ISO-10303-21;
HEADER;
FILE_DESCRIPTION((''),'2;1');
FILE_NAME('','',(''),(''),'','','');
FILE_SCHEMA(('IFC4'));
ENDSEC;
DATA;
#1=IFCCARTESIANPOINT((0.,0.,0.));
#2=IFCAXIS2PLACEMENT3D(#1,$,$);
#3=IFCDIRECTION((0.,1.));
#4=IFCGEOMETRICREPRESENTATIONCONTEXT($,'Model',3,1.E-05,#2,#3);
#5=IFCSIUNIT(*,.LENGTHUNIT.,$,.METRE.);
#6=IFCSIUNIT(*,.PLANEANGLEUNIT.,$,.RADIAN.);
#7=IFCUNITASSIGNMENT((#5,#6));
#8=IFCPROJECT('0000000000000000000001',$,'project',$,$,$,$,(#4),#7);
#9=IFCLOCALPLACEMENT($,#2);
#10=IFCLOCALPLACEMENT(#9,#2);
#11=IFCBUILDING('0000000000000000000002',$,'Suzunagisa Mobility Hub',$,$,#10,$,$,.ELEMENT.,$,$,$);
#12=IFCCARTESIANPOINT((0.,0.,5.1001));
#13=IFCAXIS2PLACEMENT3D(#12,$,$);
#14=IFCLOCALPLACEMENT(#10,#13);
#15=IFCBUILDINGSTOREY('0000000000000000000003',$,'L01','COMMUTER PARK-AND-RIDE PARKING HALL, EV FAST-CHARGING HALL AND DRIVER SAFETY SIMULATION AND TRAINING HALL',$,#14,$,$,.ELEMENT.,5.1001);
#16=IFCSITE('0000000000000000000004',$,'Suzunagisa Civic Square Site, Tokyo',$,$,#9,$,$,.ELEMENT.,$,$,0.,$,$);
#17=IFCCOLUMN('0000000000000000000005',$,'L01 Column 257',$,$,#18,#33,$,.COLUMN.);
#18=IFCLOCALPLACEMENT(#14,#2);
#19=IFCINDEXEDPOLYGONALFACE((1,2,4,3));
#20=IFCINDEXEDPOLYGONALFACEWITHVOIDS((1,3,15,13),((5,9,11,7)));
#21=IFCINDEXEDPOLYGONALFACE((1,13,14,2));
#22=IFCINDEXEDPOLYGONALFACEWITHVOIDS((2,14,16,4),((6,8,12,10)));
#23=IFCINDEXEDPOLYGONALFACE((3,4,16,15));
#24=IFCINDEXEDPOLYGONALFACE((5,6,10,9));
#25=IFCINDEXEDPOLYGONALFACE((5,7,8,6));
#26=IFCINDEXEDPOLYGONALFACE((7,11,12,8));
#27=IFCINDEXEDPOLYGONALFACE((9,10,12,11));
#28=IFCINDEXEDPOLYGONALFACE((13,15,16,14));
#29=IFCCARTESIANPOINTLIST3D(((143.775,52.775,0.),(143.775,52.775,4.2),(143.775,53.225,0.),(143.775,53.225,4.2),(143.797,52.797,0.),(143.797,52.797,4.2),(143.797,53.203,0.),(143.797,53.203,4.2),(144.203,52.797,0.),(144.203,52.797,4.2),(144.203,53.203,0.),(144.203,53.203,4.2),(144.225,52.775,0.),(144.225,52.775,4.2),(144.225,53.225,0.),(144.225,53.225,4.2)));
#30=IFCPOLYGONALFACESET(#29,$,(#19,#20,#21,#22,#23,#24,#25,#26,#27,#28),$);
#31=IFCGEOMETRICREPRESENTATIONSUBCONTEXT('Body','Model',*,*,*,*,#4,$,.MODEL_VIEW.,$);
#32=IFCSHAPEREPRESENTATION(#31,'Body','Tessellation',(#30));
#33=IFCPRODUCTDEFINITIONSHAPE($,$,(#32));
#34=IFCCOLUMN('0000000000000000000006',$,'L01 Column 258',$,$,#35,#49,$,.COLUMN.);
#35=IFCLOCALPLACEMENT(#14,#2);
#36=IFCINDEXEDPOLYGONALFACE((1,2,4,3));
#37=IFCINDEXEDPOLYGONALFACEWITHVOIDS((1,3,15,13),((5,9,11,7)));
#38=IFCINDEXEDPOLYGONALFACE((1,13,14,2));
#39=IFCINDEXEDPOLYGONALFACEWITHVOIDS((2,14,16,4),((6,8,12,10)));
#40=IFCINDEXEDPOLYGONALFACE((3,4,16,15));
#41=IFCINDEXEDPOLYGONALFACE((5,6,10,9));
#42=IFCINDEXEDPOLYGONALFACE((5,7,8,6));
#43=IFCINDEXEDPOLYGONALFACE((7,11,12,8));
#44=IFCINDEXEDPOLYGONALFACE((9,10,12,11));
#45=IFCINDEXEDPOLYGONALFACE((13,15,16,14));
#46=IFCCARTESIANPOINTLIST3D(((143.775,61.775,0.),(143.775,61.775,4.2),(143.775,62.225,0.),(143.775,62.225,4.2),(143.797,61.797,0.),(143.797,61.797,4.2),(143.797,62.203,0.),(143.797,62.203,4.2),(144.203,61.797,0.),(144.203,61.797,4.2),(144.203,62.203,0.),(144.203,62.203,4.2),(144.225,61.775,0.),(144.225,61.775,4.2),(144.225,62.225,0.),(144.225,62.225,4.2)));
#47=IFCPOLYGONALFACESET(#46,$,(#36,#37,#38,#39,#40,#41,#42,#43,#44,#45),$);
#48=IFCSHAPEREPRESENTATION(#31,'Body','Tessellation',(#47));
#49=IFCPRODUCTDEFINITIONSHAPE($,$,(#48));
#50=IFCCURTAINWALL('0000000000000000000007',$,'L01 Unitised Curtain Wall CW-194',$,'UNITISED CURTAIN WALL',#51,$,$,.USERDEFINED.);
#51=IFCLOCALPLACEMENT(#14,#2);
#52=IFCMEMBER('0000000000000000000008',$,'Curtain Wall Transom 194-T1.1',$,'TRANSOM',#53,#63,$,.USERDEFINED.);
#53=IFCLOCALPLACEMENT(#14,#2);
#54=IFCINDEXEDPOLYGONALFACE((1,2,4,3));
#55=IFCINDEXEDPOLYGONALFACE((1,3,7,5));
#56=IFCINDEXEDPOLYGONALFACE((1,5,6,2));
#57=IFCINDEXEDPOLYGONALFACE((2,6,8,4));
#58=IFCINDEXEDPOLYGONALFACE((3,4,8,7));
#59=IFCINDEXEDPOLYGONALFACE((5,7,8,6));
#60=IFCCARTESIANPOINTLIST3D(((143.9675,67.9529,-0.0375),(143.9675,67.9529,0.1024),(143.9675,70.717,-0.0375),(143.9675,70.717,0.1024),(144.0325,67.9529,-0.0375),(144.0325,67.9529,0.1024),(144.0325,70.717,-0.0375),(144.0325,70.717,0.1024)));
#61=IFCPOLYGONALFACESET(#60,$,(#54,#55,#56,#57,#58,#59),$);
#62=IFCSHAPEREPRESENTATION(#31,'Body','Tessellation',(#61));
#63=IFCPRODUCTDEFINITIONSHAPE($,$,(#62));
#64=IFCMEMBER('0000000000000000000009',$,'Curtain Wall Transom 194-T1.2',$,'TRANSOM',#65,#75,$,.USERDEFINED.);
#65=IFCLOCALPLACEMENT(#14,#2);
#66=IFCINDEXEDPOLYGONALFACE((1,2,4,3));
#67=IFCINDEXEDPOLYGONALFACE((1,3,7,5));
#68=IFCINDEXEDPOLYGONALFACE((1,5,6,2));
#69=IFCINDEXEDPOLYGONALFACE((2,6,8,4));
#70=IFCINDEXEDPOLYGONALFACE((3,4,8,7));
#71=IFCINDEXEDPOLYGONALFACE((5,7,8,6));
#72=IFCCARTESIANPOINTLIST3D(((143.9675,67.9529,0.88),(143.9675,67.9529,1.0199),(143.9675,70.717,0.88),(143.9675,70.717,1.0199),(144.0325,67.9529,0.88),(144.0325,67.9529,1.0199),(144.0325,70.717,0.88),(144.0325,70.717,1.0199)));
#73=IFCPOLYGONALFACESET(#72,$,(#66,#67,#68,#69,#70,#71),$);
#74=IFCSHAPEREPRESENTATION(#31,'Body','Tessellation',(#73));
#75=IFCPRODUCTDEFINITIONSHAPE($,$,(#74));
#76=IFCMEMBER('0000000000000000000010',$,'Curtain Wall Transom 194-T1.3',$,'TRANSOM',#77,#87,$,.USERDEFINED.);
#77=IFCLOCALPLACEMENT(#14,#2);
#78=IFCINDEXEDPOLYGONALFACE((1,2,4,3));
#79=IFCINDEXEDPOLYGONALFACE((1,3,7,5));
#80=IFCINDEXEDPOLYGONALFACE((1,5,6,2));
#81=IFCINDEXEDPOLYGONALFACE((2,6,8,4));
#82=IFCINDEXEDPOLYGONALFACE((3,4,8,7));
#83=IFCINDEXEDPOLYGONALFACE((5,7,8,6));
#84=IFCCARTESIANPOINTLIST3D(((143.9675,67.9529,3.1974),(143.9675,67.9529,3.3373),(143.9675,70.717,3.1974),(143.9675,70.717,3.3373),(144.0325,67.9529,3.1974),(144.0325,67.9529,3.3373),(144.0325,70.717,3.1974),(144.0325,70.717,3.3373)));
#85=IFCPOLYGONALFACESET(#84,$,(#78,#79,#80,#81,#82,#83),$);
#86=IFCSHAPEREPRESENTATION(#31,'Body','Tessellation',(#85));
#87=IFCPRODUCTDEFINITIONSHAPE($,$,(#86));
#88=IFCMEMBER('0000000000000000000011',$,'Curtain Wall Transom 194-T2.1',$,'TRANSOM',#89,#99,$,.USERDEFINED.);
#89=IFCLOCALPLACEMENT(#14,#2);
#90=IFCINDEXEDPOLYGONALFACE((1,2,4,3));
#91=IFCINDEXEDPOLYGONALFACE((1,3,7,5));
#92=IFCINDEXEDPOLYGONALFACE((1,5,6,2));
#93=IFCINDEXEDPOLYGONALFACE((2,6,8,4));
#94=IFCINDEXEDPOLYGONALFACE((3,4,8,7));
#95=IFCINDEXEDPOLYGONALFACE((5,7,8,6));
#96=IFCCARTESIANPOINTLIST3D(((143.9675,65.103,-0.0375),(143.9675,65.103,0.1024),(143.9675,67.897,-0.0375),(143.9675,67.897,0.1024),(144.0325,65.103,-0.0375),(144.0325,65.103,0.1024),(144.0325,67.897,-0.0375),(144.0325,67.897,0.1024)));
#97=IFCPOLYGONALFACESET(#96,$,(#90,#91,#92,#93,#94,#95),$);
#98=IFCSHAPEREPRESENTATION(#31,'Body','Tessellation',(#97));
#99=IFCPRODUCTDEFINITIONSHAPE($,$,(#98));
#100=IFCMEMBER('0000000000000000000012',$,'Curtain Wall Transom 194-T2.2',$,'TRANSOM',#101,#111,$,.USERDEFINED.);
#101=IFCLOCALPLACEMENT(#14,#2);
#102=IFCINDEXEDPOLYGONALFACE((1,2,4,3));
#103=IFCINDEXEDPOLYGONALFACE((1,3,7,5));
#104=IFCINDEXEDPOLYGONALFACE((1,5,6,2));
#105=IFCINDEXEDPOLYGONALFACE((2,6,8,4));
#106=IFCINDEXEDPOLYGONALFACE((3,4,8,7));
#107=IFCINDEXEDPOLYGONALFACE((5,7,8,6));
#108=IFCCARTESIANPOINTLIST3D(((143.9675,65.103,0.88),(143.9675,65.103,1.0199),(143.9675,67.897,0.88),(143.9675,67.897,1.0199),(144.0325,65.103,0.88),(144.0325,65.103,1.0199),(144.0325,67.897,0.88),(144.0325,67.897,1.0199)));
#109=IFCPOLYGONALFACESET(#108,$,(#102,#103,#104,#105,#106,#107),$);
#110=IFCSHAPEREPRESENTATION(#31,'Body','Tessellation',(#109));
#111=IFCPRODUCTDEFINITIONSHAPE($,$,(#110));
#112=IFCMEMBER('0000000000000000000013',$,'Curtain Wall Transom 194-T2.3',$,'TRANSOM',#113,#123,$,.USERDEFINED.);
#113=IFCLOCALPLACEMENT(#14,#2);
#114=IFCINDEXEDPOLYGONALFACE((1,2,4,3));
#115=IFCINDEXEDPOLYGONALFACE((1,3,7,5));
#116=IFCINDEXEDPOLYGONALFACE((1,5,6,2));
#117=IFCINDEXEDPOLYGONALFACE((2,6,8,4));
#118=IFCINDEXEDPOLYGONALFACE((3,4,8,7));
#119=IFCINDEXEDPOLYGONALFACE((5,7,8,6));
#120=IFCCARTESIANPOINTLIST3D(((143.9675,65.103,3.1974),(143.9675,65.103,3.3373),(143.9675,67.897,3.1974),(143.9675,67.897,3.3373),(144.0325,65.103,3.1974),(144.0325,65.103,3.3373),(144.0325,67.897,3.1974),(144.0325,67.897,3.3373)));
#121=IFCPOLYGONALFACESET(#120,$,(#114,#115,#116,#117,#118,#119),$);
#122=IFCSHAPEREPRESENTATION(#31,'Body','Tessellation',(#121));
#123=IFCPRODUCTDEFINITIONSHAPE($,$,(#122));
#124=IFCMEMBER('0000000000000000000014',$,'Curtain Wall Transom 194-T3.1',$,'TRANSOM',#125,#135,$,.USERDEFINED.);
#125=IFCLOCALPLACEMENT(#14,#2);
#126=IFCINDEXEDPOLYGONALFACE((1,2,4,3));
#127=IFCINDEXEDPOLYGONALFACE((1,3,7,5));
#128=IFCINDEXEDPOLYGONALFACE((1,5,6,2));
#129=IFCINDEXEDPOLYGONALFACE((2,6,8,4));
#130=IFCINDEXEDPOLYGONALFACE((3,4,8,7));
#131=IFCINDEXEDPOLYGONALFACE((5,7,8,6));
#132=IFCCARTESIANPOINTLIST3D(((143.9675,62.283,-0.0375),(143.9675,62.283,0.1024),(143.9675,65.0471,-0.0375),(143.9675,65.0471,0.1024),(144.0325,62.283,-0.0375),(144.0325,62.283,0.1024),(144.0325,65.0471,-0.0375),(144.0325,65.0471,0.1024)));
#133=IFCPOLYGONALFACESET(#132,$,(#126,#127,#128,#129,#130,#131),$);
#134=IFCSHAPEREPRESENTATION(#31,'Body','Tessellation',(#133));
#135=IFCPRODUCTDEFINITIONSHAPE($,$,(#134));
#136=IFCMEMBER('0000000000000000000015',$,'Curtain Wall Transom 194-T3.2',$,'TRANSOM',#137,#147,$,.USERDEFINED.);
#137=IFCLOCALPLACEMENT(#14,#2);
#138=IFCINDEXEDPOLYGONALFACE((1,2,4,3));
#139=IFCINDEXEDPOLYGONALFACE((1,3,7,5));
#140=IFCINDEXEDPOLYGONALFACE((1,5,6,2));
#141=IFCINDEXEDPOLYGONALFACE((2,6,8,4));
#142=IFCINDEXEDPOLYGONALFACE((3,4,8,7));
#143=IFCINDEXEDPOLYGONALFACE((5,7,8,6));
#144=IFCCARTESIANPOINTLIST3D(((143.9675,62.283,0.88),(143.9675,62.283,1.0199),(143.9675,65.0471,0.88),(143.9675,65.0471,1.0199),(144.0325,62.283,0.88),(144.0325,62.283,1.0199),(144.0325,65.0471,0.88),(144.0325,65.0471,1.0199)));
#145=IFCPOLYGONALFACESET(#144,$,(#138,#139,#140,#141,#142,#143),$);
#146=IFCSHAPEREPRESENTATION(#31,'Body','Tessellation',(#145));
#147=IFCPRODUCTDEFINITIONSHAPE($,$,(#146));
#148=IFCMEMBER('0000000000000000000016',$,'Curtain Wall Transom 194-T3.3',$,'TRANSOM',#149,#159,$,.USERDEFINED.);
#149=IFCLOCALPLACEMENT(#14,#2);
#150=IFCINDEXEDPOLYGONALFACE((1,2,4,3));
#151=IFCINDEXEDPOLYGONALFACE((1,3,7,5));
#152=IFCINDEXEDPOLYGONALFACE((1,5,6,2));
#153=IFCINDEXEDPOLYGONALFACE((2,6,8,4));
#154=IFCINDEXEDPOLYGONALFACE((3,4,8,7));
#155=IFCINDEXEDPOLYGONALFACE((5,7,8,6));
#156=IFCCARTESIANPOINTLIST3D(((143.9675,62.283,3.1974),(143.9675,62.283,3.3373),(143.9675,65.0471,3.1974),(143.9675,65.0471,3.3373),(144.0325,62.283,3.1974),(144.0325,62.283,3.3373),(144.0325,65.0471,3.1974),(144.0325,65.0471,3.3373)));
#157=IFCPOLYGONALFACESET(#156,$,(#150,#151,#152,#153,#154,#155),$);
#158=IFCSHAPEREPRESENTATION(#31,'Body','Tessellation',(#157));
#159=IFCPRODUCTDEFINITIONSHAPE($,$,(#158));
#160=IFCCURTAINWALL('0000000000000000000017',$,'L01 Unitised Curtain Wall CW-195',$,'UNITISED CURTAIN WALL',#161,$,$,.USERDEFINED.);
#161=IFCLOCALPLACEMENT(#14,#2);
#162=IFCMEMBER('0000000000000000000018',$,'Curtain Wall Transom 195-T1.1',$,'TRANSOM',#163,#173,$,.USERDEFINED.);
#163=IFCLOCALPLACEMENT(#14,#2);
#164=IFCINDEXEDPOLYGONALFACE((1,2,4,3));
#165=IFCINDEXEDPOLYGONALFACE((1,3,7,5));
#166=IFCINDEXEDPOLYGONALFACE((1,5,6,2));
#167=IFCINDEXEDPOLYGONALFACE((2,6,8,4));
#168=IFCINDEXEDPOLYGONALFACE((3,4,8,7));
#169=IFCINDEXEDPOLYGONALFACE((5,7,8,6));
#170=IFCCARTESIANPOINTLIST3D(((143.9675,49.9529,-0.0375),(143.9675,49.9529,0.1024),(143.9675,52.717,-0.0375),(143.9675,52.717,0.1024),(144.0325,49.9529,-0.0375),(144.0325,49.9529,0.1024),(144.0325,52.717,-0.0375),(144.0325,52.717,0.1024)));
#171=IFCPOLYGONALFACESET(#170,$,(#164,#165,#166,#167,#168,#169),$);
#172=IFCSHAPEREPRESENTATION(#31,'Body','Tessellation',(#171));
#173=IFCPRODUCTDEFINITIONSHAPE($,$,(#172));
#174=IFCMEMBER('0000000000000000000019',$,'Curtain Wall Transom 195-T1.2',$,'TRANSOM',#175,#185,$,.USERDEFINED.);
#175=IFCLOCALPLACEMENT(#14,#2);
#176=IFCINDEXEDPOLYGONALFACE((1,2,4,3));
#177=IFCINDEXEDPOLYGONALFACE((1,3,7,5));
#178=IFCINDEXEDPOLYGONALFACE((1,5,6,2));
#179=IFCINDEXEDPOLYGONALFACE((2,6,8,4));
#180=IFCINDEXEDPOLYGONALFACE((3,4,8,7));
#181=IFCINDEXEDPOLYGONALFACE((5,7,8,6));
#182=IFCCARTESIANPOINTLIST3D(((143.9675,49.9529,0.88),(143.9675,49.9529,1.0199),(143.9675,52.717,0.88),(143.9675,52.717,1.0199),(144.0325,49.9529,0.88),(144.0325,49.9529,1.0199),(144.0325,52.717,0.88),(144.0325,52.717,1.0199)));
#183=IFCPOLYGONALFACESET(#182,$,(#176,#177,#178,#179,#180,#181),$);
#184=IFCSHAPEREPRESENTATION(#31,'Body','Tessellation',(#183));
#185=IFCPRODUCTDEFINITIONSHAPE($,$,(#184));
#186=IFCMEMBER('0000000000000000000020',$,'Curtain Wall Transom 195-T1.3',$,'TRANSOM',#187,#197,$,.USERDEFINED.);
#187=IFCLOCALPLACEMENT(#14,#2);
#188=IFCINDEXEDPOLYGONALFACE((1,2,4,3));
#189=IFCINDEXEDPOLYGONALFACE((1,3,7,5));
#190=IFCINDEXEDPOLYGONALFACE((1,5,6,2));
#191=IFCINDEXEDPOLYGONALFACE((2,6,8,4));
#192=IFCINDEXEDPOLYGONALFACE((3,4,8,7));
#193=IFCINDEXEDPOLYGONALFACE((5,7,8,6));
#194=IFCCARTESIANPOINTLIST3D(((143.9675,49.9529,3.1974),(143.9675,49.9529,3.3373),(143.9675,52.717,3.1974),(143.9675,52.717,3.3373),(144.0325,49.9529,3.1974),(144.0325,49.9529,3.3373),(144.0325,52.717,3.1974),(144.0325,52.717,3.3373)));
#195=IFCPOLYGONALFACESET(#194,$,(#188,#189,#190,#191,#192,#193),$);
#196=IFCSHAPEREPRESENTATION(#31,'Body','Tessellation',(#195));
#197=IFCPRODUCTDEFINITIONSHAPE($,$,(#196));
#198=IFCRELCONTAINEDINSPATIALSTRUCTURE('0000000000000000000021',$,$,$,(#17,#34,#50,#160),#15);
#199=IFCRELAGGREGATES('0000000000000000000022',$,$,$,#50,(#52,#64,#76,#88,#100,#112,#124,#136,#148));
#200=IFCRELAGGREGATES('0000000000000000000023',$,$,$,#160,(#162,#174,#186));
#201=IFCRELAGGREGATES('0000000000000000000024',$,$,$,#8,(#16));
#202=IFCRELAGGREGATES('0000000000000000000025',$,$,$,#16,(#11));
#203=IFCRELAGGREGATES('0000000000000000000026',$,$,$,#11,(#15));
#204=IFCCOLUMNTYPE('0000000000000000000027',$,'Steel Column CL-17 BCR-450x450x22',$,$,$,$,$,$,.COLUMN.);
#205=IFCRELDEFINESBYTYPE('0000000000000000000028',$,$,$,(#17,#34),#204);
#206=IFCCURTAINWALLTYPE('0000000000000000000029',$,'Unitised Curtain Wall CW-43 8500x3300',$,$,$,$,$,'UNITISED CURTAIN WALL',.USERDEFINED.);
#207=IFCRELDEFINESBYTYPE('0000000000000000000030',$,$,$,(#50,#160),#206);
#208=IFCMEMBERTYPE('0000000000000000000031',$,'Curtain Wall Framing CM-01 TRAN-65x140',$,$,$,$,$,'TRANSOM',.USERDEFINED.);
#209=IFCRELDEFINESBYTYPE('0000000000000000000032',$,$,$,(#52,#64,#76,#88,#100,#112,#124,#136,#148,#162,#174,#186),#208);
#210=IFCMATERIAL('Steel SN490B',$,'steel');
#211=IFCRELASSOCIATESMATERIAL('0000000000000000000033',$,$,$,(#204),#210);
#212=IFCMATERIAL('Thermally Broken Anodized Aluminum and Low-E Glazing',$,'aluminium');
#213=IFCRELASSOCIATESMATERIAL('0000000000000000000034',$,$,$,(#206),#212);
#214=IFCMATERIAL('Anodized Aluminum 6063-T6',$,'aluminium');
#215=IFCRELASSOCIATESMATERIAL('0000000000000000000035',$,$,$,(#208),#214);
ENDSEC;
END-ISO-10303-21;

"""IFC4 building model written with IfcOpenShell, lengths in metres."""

from ifc_helpers import new_model, si_unit, direction, frame, origin, origin_2d, place, context, subcontext, project, spatial, rectangle, hollow_rectangle, extrude, material, material_profile, profile_set, type_object, element, aggregate, save


model = new_model("IFC4")

# Units and contexts
model_context = context("Model", 3, precision=1e-05, world=origin(), true_north=direction((0.0, 1.0)))
body_context = subcontext(model_context, "Body", "Model", "MODEL_VIEW")
ifc_project = project(units=[si_unit("LENGTHUNIT", "METRE"), si_unit("PLANEANGLEUNIT", "RADIAN")], contexts=[model_context])

# Site, building, storey
site_placement = place(None, origin())
site = spatial("IfcSite", under=ifc_project, at=site_placement, Name="Suzunagisa Civic Square Site, Tokyo", CompositionType="ELEMENT", RefElevation=0.0)
building_placement = place(site_placement, origin())
building = spatial("IfcBuilding", under=site, at=building_placement, Name="Suzunagisa Mobility Hub", CompositionType="ELEMENT")
storey_placement = place(building_placement, frame((0.0, 0.0, 5.1001)))
storey = spatial("IfcBuildingStorey", under=building, at=storey_placement, Name="L01", Description="COMMUTER PARK-AND-RIDE PARKING HALL, EV FAST-CHARGING HALL AND DRIVER SAFETY SIMULATION AND TRAINING HALL", CompositionType="ELEMENT", Elevation=5.1001)

# Columns
ifc_material_1 = material(Name="Steel SN490B", Category="steel")
ifc_material_profile_1 = material_profile(ifc_material_1, hollow_rectangle(XDim=0.45, YDim=0.45, WallThickness=0.022, at=origin_2d()), Name="BCR-450x450x22")
ifc_profile_set_1 = profile_set([ifc_material_profile_1], Name="Steel SN490B")
column_type = type_object("IfcColumnType", Name="Steel Column CL-17 BCR-450x450x22", PredefinedType="COLUMN", material=ifc_profile_set_1)
for number, where, z_axis, x_axis, name in (
    (1, (144.0, 53.0, 0.0), (0.0, 0.0, 1.0), (1.0, 0.0, 0.0), "L01 Column 257"),
    (2, (144.0, 62.0, 0.0), (0.0, 0.0, 1.0), (1.0, 0.0, 0.0), "L01 Column 258"),
):
    element("IfcColumn", number, at=place(storey_placement, frame(where, z_axis=z_axis, x_axis=x_axis)), inside=storey, type_object=column_type, Name=name, PredefinedType="COLUMN", context=body_context, shape_type="SweptSolid", body=[
        extrude(hollow_rectangle(XDim=0.45, YDim=0.45, WallThickness=0.022, at=origin_2d()), origin(), (0.0, 0.0, 1.0), 4.2),
    ])

# Curtain walls, members
ifc_material_2 = material(Name="Thermally Broken Anodized Aluminum and Low-E Glazing", Category="aluminium")
curtain_wall_type = type_object("IfcCurtainWallType", Name="Unitised Curtain Wall CW-43 8500x3300", ElementType="UNITISED CURTAIN WALL", PredefinedType="USERDEFINED", material=ifc_material_2)
curtain_wall_1_placement = place(storey_placement, origin())
curtain_wall_1 = element("IfcCurtainWall", 3, at=curtain_wall_1_placement, inside=storey, type_object=curtain_wall_type, Name="L01 Unitised Curtain Wall CW-194", ObjectType="UNITISED CURTAIN WALL", PredefinedType="USERDEFINED")
ifc_material_3 = material(Name="Anodized Aluminum 6063-T6", Category="aluminium")
ifc_material_profile_2 = material_profile(ifc_material_3, rectangle(XDim=0.0649, YDim=0.1399, at=origin_2d()), Name="TRAN-65x140")
ifc_profile_set_2 = profile_set([ifc_material_profile_2], Name="Anodized Aluminum 6063-T6")
member_type_1 = type_object("IfcMemberType", Name="Curtain Wall Framing CM-01 TRAN-65x140", ElementType="TRANSOM", PredefinedType="USERDEFINED", material=ifc_profile_set_2)
member_1_placement = place(storey_placement, frame((144.0, 70.717, 0.0325), z_axis=(0.0, -1.0, 0.0), x_axis=(1.0, 0.0, 0.0)))
member_1 = element("IfcMember", 4, at=member_1_placement, type_object=member_type_1, Name="Curtain Wall Transom 194-T1.1", ObjectType="TRANSOM", PredefinedType="USERDEFINED", context=body_context, shape_type="SweptSolid", body=[
    extrude(rectangle(XDim=0.0649, YDim=0.1399, at=origin_2d()), origin(), (0.0, 0.0, 1.0), 2.7642),
])
member_2_placement = place(storey_placement, frame((144.0, 70.717, 0.95), z_axis=(0.0, -1.0, 0.0), x_axis=(1.0, 0.0, 0.0)))
member_2 = element("IfcMember", 5, at=member_2_placement, type_object=member_type_1, Name="Curtain Wall Transom 194-T1.2", ObjectType="TRANSOM", PredefinedType="USERDEFINED", context=body_context, shape_type="SweptSolid", body=[
    extrude(rectangle(XDim=0.0649, YDim=0.1399, at=origin_2d()), origin(), (0.0, 0.0, 1.0), 2.7642),
])
member_3_placement = place(storey_placement, frame((144.0, 70.717, 3.2673), z_axis=(0.0, -1.0, 0.0), x_axis=(1.0, 0.0, 0.0)))
member_3 = element("IfcMember", 6, at=member_3_placement, type_object=member_type_1, Name="Curtain Wall Transom 194-T1.3", ObjectType="TRANSOM", PredefinedType="USERDEFINED", context=body_context, shape_type="SweptSolid", body=[
    extrude(rectangle(XDim=0.0649, YDim=0.1399, at=origin_2d()), origin(), (0.0, 0.0, 1.0), 2.7642),
])
member_4_placement = place(storey_placement, frame((144.0, 67.897, 0.0325), z_axis=(0.0, -1.0, 0.0), x_axis=(1.0, 0.0, 0.0)))
member_4 = element("IfcMember", 7, at=member_4_placement, type_object=member_type_1, Name="Curtain Wall Transom 194-T2.1", ObjectType="TRANSOM", PredefinedType="USERDEFINED", context=body_context, shape_type="SweptSolid", body=[
    extrude(rectangle(XDim=0.0649, YDim=0.1399, at=origin_2d()), origin(), (0.0, 0.0, 1.0), 2.7939),
])
member_5_placement = place(storey_placement, frame((144.0, 67.897, 0.95), z_axis=(0.0, -1.0, 0.0), x_axis=(1.0, 0.0, 0.0)))
member_5 = element("IfcMember", 8, at=member_5_placement, type_object=member_type_1, Name="Curtain Wall Transom 194-T2.2", ObjectType="TRANSOM", PredefinedType="USERDEFINED", context=body_context, shape_type="SweptSolid", body=[
    extrude(rectangle(XDim=0.0649, YDim=0.1399, at=origin_2d()), origin(), (0.0, 0.0, 1.0), 2.7939),
])
member_6_placement = place(storey_placement, frame((144.0, 67.897, 3.2673), z_axis=(0.0, -1.0, 0.0), x_axis=(1.0, 0.0, 0.0)))
member_6 = element("IfcMember", 9, at=member_6_placement, type_object=member_type_1, Name="Curtain Wall Transom 194-T2.3", ObjectType="TRANSOM", PredefinedType="USERDEFINED", context=body_context, shape_type="SweptSolid", body=[
    extrude(rectangle(XDim=0.0649, YDim=0.1399, at=origin_2d()), origin(), (0.0, 0.0, 1.0), 2.7939),
])
member_7_placement = place(storey_placement, frame((144.0, 65.0471, 0.0325), z_axis=(0.0, -1.0, 0.0), x_axis=(1.0, 0.0, 0.0)))
member_7 = element("IfcMember", 10, at=member_7_placement, type_object=member_type_1, Name="Curtain Wall Transom 194-T3.1", ObjectType="TRANSOM", PredefinedType="USERDEFINED", context=body_context, shape_type="SweptSolid", body=[
    extrude(rectangle(XDim=0.0649, YDim=0.1399, at=origin_2d()), origin(), (0.0, 0.0, 1.0), 2.7642),
])
member_8_placement = place(storey_placement, frame((144.0, 65.0471, 0.95), z_axis=(0.0, -1.0, 0.0), x_axis=(1.0, 0.0, 0.0)))
member_8 = element("IfcMember", 11, at=member_8_placement, type_object=member_type_1, Name="Curtain Wall Transom 194-T3.2", ObjectType="TRANSOM", PredefinedType="USERDEFINED", context=body_context, shape_type="SweptSolid", body=[
    extrude(rectangle(XDim=0.0649, YDim=0.1399, at=origin_2d()), origin(), (0.0, 0.0, 1.0), 2.7642),
])
member_9_placement = place(storey_placement, frame((144.0, 65.0471, 3.2673), z_axis=(0.0, -1.0, 0.0), x_axis=(1.0, 0.0, 0.0)))
member_9 = element("IfcMember", 12, at=member_9_placement, type_object=member_type_1, Name="Curtain Wall Transom 194-T3.3", ObjectType="TRANSOM", PredefinedType="USERDEFINED", context=body_context, shape_type="SweptSolid", body=[
    extrude(rectangle(XDim=0.0649, YDim=0.1399, at=origin_2d()), origin(), (0.0, 0.0, 1.0), 2.7642),
])
curtain_wall_2_placement = place(storey_placement, origin())
curtain_wall_2 = element("IfcCurtainWall", 13, at=curtain_wall_2_placement, inside=storey, type_object=curtain_wall_type, Name="L01 Unitised Curtain Wall CW-195", ObjectType="UNITISED CURTAIN WALL", PredefinedType="USERDEFINED")
member_10_placement = place(storey_placement, frame((144.0, 52.717, 0.0325), z_axis=(0.0, -1.0, 0.0), x_axis=(1.0, 0.0, 0.0)))
member_10 = element("IfcMember", 14, at=member_10_placement, type_object=member_type_1, Name="Curtain Wall Transom 195-T1.1", ObjectType="TRANSOM", PredefinedType="USERDEFINED", context=body_context, shape_type="SweptSolid", body=[
    extrude(rectangle(XDim=0.0649, YDim=0.1399, at=origin_2d()), origin(), (0.0, 0.0, 1.0), 2.7642),
])
member_11_placement = place(storey_placement, frame((144.0, 52.717, 0.95), z_axis=(0.0, -1.0, 0.0), x_axis=(1.0, 0.0, 0.0)))
member_11 = element("IfcMember", 15, at=member_11_placement, type_object=member_type_1, Name="Curtain Wall Transom 195-T1.2", ObjectType="TRANSOM", PredefinedType="USERDEFINED", context=body_context, shape_type="SweptSolid", body=[
    extrude(rectangle(XDim=0.0649, YDim=0.1399, at=origin_2d()), origin(), (0.0, 0.0, 1.0), 2.7642),
])
member_12_placement = place(storey_placement, frame((144.0, 52.717, 3.2673), z_axis=(0.0, -1.0, 0.0), x_axis=(1.0, 0.0, 0.0)))
member_12 = element("IfcMember", 16, at=member_12_placement, type_object=member_type_1, Name="Curtain Wall Transom 195-T1.3", ObjectType="TRANSOM", PredefinedType="USERDEFINED", context=body_context, shape_type="SweptSolid", body=[
    extrude(rectangle(XDim=0.0649, YDim=0.1399, at=origin_2d()), origin(), (0.0, 0.0, 1.0), 2.7642),
])

aggregate(curtain_wall_1, [member_1, member_2, member_3, member_4, member_5, member_6, member_7, member_8, member_9])
aggregate(curtain_wall_2, [member_10, member_11, member_12])

save(model, "model.ifc")
